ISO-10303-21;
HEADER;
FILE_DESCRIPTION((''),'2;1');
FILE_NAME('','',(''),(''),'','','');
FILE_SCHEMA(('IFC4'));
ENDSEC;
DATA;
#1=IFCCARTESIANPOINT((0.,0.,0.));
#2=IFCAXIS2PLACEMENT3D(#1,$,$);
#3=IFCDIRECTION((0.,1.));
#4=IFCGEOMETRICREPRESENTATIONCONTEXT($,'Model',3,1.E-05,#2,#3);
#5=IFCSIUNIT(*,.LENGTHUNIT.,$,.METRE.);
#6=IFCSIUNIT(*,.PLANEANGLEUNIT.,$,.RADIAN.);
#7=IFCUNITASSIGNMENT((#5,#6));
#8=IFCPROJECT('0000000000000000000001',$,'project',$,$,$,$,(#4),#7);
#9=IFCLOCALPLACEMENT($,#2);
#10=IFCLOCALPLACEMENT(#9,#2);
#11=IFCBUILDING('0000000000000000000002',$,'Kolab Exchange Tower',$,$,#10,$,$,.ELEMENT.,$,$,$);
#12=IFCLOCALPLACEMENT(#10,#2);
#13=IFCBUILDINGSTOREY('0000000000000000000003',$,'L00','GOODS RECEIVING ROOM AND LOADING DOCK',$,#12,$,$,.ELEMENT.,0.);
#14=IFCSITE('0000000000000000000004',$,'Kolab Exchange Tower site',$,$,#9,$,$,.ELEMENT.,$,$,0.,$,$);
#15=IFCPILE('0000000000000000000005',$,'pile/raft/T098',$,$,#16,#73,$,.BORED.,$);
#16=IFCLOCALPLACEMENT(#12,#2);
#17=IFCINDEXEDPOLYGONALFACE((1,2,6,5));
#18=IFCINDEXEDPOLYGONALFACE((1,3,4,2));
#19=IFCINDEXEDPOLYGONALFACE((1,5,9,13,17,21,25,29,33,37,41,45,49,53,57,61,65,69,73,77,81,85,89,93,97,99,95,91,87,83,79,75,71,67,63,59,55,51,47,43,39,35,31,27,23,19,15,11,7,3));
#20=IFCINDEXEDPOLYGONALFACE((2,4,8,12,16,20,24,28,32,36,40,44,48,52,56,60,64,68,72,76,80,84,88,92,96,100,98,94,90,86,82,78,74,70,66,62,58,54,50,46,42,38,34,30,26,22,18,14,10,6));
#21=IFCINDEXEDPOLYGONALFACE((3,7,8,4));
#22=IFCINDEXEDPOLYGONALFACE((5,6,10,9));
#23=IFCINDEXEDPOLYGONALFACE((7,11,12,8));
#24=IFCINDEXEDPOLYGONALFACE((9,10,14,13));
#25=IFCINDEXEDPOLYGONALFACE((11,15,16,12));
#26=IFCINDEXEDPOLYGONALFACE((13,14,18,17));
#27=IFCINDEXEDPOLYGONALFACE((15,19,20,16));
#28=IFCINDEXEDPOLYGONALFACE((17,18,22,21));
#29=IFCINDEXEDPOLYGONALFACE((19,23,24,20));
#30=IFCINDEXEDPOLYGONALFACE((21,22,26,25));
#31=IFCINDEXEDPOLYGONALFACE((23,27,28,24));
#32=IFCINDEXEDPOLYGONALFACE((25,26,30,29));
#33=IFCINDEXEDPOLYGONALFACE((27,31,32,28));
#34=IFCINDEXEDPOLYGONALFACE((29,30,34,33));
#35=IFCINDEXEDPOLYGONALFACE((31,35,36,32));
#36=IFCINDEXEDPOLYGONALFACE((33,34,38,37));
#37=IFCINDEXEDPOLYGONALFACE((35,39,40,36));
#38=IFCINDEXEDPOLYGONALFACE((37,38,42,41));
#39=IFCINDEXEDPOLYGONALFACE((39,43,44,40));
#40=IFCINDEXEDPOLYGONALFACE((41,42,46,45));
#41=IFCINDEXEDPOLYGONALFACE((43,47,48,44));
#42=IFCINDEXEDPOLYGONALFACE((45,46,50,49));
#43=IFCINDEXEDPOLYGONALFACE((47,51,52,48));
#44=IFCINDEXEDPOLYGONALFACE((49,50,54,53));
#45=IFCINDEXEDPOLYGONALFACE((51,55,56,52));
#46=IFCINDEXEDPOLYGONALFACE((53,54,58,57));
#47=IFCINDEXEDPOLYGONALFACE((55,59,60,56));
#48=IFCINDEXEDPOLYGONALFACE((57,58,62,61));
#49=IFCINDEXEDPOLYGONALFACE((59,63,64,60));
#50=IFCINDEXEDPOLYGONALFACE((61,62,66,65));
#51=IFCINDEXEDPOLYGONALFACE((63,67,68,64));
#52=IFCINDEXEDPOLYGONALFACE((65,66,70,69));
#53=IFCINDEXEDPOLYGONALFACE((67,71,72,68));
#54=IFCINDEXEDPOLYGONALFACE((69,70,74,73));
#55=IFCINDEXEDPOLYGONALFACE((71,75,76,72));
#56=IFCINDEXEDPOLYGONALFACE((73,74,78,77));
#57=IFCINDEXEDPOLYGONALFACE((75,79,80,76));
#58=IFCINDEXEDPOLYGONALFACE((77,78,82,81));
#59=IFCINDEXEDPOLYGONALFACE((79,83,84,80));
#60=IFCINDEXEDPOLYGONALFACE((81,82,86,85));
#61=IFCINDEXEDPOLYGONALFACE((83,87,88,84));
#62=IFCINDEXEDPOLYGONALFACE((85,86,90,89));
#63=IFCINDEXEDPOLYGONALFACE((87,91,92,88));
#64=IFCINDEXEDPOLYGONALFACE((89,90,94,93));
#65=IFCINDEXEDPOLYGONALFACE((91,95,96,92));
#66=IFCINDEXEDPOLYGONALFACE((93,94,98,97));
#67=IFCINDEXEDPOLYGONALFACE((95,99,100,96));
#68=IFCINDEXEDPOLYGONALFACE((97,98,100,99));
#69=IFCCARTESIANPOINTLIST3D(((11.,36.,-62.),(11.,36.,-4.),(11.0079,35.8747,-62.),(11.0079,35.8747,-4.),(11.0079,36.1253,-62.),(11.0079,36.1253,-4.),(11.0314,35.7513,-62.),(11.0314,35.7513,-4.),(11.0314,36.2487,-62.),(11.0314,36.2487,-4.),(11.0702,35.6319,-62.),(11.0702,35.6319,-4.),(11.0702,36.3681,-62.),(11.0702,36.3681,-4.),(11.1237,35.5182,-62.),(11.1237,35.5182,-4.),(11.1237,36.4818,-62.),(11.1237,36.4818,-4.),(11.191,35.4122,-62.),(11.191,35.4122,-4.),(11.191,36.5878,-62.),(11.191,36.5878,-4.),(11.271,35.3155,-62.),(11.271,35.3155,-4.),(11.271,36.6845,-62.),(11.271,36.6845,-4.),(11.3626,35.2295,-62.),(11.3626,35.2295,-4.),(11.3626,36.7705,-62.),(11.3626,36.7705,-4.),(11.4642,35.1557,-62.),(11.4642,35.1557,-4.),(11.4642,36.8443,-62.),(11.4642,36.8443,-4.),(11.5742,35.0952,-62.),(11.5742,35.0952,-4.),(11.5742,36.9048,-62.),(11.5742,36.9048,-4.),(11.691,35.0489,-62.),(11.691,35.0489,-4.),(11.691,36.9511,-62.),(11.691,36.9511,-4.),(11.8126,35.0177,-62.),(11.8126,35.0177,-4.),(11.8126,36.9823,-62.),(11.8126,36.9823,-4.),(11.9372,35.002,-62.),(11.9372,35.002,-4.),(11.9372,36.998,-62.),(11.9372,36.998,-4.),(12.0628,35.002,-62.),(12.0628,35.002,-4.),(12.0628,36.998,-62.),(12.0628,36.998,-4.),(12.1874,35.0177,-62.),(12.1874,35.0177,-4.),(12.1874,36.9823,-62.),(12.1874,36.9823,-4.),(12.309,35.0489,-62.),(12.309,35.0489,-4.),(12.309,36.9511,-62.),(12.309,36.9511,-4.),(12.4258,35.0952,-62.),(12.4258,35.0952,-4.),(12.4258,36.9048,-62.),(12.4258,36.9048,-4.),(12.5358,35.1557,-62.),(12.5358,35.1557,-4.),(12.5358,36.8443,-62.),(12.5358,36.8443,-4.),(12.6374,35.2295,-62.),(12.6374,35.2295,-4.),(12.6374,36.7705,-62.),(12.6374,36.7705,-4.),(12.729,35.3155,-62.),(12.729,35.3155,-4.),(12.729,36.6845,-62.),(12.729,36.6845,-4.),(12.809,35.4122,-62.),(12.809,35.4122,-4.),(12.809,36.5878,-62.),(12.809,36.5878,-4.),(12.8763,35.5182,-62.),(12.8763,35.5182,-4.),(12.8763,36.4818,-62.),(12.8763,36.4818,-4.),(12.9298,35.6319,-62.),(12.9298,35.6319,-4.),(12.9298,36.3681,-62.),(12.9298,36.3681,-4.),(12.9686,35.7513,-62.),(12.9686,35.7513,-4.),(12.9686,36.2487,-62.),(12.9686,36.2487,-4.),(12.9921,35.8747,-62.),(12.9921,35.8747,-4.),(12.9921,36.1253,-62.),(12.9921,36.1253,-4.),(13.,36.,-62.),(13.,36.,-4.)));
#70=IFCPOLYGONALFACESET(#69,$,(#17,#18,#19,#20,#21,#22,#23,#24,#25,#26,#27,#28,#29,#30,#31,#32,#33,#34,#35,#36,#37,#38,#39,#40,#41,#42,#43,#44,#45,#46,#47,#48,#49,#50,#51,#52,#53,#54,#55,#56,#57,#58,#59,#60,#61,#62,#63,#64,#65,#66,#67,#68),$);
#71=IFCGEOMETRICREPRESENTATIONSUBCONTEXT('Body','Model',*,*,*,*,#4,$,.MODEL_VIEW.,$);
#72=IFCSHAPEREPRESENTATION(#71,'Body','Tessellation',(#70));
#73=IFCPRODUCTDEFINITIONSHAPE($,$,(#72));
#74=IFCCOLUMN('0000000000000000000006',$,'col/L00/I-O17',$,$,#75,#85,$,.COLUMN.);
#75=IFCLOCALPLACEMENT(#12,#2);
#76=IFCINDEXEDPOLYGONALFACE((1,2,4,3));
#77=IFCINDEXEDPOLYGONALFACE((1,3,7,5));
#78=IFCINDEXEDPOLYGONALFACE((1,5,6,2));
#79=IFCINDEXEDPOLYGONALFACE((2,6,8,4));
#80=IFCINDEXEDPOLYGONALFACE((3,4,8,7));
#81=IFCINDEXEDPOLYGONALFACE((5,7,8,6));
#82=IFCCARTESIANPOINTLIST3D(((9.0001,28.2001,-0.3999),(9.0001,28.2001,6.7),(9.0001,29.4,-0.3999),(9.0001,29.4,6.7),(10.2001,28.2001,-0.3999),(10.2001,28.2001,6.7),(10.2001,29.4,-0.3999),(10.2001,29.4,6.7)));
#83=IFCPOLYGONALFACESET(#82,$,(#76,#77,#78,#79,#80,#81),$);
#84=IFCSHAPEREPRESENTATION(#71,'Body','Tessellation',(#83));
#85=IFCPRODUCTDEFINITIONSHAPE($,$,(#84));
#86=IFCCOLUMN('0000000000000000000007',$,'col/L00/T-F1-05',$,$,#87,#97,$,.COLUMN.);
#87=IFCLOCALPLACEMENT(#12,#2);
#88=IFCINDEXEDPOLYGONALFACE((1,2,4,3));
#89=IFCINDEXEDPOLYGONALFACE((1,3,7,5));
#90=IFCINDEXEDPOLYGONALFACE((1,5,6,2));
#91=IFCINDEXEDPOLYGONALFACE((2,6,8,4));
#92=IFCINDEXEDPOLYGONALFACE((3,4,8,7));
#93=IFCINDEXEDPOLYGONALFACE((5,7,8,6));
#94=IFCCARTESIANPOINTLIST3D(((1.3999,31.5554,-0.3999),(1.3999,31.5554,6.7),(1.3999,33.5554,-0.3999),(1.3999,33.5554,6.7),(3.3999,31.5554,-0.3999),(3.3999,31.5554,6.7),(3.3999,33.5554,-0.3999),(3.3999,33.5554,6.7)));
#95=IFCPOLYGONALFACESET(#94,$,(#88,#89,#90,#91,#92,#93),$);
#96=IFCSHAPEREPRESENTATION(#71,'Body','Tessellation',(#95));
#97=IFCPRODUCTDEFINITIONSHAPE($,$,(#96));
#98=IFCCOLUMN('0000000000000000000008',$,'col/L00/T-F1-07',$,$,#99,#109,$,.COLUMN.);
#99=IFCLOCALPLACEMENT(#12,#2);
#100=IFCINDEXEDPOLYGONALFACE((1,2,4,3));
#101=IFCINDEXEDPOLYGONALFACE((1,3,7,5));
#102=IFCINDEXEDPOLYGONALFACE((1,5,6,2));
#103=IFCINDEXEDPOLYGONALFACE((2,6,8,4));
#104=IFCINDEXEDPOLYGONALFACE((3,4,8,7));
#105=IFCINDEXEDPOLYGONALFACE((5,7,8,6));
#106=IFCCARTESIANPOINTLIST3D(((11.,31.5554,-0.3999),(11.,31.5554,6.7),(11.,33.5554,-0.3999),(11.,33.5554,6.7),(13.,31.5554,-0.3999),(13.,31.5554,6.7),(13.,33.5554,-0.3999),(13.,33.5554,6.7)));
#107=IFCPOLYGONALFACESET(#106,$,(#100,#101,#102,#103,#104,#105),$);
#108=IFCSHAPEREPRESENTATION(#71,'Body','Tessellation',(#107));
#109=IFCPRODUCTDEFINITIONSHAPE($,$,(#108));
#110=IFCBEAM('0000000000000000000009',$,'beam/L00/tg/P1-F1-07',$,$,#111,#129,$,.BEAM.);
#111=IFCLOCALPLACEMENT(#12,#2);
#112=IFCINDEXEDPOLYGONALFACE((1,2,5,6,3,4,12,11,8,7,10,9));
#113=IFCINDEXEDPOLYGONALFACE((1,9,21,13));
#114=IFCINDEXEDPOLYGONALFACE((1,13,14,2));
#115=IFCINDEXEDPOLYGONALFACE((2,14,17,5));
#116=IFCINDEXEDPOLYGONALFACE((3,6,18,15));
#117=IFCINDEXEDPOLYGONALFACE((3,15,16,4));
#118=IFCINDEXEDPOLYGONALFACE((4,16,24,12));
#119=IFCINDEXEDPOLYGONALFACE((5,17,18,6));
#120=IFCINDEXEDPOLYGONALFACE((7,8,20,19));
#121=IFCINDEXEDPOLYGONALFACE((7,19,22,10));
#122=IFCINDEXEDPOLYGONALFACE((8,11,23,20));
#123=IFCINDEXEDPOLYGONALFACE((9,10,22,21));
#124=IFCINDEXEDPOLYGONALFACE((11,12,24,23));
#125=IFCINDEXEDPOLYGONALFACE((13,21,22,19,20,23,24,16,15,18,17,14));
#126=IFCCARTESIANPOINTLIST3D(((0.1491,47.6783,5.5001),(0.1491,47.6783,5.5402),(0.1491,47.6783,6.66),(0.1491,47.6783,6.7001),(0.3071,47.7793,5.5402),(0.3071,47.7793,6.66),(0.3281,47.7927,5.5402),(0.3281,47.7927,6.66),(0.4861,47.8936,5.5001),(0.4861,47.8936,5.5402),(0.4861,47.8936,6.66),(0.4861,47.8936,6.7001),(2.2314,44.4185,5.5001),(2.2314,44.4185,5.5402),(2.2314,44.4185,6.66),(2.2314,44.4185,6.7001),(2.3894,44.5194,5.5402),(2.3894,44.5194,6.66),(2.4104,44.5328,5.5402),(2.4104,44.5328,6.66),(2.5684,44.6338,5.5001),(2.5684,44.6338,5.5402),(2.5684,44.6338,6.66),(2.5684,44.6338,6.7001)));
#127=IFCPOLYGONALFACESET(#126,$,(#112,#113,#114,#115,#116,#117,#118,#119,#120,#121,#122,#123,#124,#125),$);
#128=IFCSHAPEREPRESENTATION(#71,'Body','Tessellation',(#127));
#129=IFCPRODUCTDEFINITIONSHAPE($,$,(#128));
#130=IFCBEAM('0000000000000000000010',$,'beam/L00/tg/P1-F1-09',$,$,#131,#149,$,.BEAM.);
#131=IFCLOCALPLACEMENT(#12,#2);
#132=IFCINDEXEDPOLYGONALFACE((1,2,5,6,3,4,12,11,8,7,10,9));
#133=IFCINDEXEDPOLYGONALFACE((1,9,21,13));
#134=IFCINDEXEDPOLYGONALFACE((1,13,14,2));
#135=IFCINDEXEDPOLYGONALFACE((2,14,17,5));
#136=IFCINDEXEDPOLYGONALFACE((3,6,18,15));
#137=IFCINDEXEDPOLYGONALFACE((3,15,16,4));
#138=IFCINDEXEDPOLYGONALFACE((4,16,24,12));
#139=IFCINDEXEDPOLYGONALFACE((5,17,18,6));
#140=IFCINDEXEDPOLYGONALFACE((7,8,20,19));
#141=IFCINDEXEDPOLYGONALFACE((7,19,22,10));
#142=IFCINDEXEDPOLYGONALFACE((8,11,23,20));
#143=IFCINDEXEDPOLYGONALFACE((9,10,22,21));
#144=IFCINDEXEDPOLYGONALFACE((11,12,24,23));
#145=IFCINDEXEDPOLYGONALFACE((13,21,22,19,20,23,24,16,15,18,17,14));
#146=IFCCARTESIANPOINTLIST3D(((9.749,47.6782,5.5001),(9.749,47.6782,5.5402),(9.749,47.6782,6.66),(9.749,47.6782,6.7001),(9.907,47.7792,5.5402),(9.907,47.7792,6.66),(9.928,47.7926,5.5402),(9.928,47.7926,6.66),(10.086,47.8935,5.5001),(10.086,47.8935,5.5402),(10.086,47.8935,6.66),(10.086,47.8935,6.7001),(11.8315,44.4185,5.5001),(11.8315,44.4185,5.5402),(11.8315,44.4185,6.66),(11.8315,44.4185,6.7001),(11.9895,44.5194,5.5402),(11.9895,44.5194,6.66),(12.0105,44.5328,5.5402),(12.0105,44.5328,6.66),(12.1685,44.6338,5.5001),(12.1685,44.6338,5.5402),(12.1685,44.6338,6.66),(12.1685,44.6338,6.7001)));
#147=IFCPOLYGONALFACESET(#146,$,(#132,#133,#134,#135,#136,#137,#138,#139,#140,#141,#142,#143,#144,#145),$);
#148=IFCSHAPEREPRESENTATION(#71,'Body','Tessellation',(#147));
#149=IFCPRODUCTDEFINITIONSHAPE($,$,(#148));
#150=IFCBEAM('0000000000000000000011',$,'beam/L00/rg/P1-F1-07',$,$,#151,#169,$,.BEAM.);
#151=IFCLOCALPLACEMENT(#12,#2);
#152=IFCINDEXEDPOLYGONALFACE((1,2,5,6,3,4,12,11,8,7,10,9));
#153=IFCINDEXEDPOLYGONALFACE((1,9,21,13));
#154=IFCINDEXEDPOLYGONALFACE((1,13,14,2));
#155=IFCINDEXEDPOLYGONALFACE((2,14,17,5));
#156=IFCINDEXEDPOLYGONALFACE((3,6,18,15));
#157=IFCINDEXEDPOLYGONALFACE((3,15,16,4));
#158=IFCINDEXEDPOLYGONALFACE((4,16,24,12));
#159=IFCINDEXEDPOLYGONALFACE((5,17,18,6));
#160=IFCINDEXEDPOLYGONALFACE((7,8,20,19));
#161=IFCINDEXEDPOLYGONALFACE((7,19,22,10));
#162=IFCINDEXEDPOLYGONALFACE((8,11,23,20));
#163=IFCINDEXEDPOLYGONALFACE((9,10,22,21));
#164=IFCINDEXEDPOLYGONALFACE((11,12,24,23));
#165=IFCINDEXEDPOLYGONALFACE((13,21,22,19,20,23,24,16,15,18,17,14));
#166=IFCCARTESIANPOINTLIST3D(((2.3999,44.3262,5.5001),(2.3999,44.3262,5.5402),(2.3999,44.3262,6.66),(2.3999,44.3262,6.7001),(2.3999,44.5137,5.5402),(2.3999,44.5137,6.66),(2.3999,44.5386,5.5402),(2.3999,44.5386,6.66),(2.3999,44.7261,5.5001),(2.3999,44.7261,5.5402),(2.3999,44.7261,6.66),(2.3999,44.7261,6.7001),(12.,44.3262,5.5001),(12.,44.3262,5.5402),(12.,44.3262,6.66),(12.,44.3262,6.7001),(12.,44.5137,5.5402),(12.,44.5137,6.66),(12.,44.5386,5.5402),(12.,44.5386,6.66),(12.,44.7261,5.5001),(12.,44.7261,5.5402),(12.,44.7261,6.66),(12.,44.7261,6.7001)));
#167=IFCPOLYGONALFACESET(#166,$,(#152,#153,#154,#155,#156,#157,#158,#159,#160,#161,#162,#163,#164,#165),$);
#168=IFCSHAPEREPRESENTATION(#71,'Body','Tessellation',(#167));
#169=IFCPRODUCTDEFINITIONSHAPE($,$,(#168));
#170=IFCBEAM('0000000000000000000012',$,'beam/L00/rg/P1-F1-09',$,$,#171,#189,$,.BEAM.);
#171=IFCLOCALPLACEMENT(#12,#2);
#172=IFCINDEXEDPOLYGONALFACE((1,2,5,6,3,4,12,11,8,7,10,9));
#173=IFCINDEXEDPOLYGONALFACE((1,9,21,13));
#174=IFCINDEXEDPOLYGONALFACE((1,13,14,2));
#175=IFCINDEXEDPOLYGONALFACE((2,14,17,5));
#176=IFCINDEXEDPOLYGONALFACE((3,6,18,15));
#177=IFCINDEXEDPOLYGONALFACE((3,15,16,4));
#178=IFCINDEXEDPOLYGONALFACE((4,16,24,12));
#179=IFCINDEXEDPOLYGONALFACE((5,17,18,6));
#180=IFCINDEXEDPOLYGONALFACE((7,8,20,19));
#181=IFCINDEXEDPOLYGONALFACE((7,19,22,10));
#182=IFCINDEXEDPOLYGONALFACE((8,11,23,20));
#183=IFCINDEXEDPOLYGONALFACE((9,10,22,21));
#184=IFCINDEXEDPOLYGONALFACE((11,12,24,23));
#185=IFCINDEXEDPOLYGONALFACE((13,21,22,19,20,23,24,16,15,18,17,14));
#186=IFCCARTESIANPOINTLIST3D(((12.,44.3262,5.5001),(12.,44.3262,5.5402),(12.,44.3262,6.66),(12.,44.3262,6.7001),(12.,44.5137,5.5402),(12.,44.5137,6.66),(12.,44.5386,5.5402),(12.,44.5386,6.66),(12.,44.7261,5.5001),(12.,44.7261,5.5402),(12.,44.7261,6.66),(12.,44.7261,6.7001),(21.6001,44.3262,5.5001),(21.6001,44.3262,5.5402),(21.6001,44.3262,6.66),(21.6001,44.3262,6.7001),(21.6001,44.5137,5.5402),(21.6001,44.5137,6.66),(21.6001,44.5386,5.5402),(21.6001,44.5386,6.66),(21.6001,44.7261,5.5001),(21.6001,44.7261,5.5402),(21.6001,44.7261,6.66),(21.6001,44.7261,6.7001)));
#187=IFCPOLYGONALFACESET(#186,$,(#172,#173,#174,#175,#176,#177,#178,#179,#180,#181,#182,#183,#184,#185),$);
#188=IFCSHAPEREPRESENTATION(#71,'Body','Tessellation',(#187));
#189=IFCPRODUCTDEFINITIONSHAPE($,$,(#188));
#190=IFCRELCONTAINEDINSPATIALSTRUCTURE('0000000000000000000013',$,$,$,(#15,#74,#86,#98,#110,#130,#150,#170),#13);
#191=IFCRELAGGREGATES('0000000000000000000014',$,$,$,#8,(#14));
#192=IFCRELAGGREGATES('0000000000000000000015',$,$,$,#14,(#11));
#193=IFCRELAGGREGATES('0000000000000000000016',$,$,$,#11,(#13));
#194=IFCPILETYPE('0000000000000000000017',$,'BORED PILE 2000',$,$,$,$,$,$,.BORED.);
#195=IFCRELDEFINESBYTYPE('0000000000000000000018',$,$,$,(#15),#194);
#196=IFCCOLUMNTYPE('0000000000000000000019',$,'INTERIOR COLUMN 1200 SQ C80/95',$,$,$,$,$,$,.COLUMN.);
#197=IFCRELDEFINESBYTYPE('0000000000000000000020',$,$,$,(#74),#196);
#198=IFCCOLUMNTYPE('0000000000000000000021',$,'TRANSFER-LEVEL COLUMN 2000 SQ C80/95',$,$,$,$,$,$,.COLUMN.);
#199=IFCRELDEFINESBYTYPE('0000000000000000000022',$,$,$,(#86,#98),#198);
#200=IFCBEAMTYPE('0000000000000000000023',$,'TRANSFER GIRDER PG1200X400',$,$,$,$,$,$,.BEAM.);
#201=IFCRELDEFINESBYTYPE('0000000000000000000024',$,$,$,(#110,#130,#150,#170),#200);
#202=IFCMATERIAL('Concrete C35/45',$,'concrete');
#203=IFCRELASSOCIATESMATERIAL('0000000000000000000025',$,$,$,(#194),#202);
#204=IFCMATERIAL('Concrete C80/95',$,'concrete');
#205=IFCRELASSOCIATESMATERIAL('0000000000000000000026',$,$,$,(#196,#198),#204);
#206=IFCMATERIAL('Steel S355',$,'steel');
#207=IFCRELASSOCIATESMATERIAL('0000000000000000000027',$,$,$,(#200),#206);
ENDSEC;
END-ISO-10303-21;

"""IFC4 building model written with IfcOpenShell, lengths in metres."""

from ifc_helpers import new_model, si_unit, direction, frame, origin, origin_2d, place, context, subcontext, project, spatial, rectangle, circle, i_section, extrude, material, material_profile, profile_set, type_object, element, save


model = new_model("IFC4")

# Units and contexts
model_context = context("Model", 3, precision=1e-05, world=origin(), true_north=direction((0.0, 1.0)))
body_context = subcontext(model_context, "Body", "Model", "MODEL_VIEW")
ifc_project = project(units=[si_unit("LENGTHUNIT", "METRE"), si_unit("PLANEANGLEUNIT", "RADIAN")], contexts=[model_context])

# Site, building, storey
site_placement = place(None, origin())
site = spatial("IfcSite", under=ifc_project, at=site_placement, Name="Kolab Exchange Tower site", CompositionType="ELEMENT", RefElevation=0.0)
building_placement = place(site_placement, origin())
building = spatial("IfcBuilding", under=site, at=building_placement, Name="Kolab Exchange Tower", CompositionType="ELEMENT")
storey_placement = place(building_placement, origin())
storey = spatial("IfcBuildingStorey", under=building, at=storey_placement, Name="L00", Description="GOODS RECEIVING ROOM AND LOADING DOCK", CompositionType="ELEMENT", Elevation=0.0)

# Pile
ifc_material_1 = material(Name="Concrete C35/45", Category="concrete")
ifc_material_profile_1 = material_profile(ifc_material_1, circle(Radius=1.0, at=origin_2d()), Name="BP2000")
ifc_profile_set_1 = profile_set([ifc_material_profile_1], Name="Concrete C35/45")
pile_type_1 = type_object("IfcPileType", Name="BORED PILE 2000", PredefinedType="BORED", material=ifc_profile_set_1)
for number, where, z_axis, x_axis, name in (
    (1, (12.0, 36.0, -4.0), (0.0, 0.0, -1.0), (1.0, 0.0, 0.0), "pile/raft/T098"),
):
    element("IfcPile", number, at=place(storey_placement, frame(where, z_axis=z_axis, x_axis=x_axis)), inside=storey, type_object=pile_type_1, Name=name, PredefinedType="BORED", context=body_context, shape_type="SweptSolid", body=[
        extrude(circle(Radius=1.0, at=origin_2d()), origin(), (0.0, 0.0, 1.0), 58.0),
    ])

# Columns
ifc_material_2 = material(Name="Concrete C80/95", Category="concrete")
ifc_material_profile_2 = material_profile(ifc_material_2, rectangle(XDim=1.2, YDim=1.2, at=origin_2d()), Name="RC1200")
ifc_profile_set_2 = profile_set([ifc_material_profile_2], Name="Concrete C80/95")
column_type_1 = type_object("IfcColumnType", Name="INTERIOR COLUMN 1200 SQ C80/95", PredefinedType="COLUMN", material=ifc_profile_set_2)
column_placement = place(storey_placement, frame((9.6001, 28.8, -0.3999), z_axis=(0.0, 0.0, 1.0), x_axis=(1.0, 0.0, 0.0)))
element("IfcColumn", 2, at=column_placement, inside=storey, type_object=column_type_1, Name="col/L00/I-O17", PredefinedType="COLUMN", context=body_context, shape_type="SweptSolid", body=[
    extrude(rectangle(XDim=1.2, YDim=1.2, at=origin_2d()), origin(), (0.0, 0.0, 1.0), 7.0999),
])
ifc_material_profile_3 = material_profile(ifc_material_2, rectangle(XDim=2.0, YDim=2.0, at=origin_2d()), Name="RC2000")
ifc_profile_set_3 = profile_set([ifc_material_profile_3], Name="Concrete C80/95")
column_type_2 = type_object("IfcColumnType", Name="TRANSFER-LEVEL COLUMN 2000 SQ C80/95", PredefinedType="COLUMN", material=ifc_profile_set_3)
for number, where, z_axis, x_axis, name in (
    (3, (2.3999, 32.5554, -0.3999), (0.0, 0.0, 1.0), (1.0, 0.0, 0.0), "col/L00/T-F1-05"),
    (4, (12.0, 32.5554, -0.3999), (0.0, 0.0, 1.0), (1.0, 0.0, 0.0), "col/L00/T-F1-07"),
):
    element("IfcColumn", number, at=place(storey_placement, frame(where, z_axis=z_axis, x_axis=x_axis)), inside=storey, type_object=column_type_2, Name=name, PredefinedType="COLUMN", context=body_context, shape_type="SweptSolid", body=[
        extrude(rectangle(XDim=2.0, YDim=2.0, at=origin_2d()), origin(), (0.0, 0.0, 1.0), 7.0999),
    ])

# Beams
ifc_material_3 = material(Name="Steel S355", Category="steel")
ifc_material_profile_4 = material_profile(ifc_material_3, i_section(OverallWidth=0.3999, OverallDepth=1.2, WebThickness=0.0249, FlangeThickness=0.04, at=origin_2d()), Name="PG1200X400")
ifc_profile_set_4 = profile_set([ifc_material_profile_4], Name="Steel S355")
beam_type = type_object("IfcBeamType", Name="TRANSFER GIRDER PG1200X400", PredefinedType="BEAM", material=ifc_profile_set_4)
for number, where, z_axis, x_axis, name in (
    (5, (2.3999, 44.5261, 6.1001), (-0.538325, 0.842738, 0.0), (-0.842738, -0.538325, 0.0), "beam/L00/tg/P1-F1-07"),
    (6, (12.0, 44.5261, 6.1001), (-0.538369, 0.842709, 0.0), (-0.842709, -0.538369, 0.0), "beam/L00/tg/P1-F1-09"),
):
    element("IfcBeam", number, at=place(storey_placement, frame(where, z_axis=z_axis, x_axis=x_axis)), inside=storey, type_object=beam_type, Name=name, PredefinedType="BEAM", context=body_context, shape_type="SweptSolid", body=[
        extrude(i_section(OverallWidth=0.3999, OverallDepth=1.2, WebThickness=0.0249, FlangeThickness=0.04, at=origin_2d()), origin(), (0.0, 0.0, 1.0), 3.8682),
    ])
for number, where, z_axis, x_axis, name in (
    (7, (2.3999, 44.5261, 6.1001), (1.0, 0.0, 0.0), (0.0, 1.0, 0.0), "beam/L00/rg/P1-F1-07"),
    (8, (12.0, 44.5261, 6.1001), (1.0, 0.0, 0.0), (0.0, 1.0, 0.0), "beam/L00/rg/P1-F1-09"),
):
    element("IfcBeam", number, at=place(storey_placement, frame(where, z_axis=z_axis, x_axis=x_axis)), inside=storey, type_object=beam_type, Name=name, PredefinedType="BEAM", context=body_context, shape_type="SweptSolid", body=[
        extrude(i_section(OverallWidth=0.3999, OverallDepth=1.2, WebThickness=0.0249, FlangeThickness=0.04, at=origin_2d()), origin(), (0.0, 0.0, 1.0), 9.6001),
    ])

save(model, "model.ifc")
